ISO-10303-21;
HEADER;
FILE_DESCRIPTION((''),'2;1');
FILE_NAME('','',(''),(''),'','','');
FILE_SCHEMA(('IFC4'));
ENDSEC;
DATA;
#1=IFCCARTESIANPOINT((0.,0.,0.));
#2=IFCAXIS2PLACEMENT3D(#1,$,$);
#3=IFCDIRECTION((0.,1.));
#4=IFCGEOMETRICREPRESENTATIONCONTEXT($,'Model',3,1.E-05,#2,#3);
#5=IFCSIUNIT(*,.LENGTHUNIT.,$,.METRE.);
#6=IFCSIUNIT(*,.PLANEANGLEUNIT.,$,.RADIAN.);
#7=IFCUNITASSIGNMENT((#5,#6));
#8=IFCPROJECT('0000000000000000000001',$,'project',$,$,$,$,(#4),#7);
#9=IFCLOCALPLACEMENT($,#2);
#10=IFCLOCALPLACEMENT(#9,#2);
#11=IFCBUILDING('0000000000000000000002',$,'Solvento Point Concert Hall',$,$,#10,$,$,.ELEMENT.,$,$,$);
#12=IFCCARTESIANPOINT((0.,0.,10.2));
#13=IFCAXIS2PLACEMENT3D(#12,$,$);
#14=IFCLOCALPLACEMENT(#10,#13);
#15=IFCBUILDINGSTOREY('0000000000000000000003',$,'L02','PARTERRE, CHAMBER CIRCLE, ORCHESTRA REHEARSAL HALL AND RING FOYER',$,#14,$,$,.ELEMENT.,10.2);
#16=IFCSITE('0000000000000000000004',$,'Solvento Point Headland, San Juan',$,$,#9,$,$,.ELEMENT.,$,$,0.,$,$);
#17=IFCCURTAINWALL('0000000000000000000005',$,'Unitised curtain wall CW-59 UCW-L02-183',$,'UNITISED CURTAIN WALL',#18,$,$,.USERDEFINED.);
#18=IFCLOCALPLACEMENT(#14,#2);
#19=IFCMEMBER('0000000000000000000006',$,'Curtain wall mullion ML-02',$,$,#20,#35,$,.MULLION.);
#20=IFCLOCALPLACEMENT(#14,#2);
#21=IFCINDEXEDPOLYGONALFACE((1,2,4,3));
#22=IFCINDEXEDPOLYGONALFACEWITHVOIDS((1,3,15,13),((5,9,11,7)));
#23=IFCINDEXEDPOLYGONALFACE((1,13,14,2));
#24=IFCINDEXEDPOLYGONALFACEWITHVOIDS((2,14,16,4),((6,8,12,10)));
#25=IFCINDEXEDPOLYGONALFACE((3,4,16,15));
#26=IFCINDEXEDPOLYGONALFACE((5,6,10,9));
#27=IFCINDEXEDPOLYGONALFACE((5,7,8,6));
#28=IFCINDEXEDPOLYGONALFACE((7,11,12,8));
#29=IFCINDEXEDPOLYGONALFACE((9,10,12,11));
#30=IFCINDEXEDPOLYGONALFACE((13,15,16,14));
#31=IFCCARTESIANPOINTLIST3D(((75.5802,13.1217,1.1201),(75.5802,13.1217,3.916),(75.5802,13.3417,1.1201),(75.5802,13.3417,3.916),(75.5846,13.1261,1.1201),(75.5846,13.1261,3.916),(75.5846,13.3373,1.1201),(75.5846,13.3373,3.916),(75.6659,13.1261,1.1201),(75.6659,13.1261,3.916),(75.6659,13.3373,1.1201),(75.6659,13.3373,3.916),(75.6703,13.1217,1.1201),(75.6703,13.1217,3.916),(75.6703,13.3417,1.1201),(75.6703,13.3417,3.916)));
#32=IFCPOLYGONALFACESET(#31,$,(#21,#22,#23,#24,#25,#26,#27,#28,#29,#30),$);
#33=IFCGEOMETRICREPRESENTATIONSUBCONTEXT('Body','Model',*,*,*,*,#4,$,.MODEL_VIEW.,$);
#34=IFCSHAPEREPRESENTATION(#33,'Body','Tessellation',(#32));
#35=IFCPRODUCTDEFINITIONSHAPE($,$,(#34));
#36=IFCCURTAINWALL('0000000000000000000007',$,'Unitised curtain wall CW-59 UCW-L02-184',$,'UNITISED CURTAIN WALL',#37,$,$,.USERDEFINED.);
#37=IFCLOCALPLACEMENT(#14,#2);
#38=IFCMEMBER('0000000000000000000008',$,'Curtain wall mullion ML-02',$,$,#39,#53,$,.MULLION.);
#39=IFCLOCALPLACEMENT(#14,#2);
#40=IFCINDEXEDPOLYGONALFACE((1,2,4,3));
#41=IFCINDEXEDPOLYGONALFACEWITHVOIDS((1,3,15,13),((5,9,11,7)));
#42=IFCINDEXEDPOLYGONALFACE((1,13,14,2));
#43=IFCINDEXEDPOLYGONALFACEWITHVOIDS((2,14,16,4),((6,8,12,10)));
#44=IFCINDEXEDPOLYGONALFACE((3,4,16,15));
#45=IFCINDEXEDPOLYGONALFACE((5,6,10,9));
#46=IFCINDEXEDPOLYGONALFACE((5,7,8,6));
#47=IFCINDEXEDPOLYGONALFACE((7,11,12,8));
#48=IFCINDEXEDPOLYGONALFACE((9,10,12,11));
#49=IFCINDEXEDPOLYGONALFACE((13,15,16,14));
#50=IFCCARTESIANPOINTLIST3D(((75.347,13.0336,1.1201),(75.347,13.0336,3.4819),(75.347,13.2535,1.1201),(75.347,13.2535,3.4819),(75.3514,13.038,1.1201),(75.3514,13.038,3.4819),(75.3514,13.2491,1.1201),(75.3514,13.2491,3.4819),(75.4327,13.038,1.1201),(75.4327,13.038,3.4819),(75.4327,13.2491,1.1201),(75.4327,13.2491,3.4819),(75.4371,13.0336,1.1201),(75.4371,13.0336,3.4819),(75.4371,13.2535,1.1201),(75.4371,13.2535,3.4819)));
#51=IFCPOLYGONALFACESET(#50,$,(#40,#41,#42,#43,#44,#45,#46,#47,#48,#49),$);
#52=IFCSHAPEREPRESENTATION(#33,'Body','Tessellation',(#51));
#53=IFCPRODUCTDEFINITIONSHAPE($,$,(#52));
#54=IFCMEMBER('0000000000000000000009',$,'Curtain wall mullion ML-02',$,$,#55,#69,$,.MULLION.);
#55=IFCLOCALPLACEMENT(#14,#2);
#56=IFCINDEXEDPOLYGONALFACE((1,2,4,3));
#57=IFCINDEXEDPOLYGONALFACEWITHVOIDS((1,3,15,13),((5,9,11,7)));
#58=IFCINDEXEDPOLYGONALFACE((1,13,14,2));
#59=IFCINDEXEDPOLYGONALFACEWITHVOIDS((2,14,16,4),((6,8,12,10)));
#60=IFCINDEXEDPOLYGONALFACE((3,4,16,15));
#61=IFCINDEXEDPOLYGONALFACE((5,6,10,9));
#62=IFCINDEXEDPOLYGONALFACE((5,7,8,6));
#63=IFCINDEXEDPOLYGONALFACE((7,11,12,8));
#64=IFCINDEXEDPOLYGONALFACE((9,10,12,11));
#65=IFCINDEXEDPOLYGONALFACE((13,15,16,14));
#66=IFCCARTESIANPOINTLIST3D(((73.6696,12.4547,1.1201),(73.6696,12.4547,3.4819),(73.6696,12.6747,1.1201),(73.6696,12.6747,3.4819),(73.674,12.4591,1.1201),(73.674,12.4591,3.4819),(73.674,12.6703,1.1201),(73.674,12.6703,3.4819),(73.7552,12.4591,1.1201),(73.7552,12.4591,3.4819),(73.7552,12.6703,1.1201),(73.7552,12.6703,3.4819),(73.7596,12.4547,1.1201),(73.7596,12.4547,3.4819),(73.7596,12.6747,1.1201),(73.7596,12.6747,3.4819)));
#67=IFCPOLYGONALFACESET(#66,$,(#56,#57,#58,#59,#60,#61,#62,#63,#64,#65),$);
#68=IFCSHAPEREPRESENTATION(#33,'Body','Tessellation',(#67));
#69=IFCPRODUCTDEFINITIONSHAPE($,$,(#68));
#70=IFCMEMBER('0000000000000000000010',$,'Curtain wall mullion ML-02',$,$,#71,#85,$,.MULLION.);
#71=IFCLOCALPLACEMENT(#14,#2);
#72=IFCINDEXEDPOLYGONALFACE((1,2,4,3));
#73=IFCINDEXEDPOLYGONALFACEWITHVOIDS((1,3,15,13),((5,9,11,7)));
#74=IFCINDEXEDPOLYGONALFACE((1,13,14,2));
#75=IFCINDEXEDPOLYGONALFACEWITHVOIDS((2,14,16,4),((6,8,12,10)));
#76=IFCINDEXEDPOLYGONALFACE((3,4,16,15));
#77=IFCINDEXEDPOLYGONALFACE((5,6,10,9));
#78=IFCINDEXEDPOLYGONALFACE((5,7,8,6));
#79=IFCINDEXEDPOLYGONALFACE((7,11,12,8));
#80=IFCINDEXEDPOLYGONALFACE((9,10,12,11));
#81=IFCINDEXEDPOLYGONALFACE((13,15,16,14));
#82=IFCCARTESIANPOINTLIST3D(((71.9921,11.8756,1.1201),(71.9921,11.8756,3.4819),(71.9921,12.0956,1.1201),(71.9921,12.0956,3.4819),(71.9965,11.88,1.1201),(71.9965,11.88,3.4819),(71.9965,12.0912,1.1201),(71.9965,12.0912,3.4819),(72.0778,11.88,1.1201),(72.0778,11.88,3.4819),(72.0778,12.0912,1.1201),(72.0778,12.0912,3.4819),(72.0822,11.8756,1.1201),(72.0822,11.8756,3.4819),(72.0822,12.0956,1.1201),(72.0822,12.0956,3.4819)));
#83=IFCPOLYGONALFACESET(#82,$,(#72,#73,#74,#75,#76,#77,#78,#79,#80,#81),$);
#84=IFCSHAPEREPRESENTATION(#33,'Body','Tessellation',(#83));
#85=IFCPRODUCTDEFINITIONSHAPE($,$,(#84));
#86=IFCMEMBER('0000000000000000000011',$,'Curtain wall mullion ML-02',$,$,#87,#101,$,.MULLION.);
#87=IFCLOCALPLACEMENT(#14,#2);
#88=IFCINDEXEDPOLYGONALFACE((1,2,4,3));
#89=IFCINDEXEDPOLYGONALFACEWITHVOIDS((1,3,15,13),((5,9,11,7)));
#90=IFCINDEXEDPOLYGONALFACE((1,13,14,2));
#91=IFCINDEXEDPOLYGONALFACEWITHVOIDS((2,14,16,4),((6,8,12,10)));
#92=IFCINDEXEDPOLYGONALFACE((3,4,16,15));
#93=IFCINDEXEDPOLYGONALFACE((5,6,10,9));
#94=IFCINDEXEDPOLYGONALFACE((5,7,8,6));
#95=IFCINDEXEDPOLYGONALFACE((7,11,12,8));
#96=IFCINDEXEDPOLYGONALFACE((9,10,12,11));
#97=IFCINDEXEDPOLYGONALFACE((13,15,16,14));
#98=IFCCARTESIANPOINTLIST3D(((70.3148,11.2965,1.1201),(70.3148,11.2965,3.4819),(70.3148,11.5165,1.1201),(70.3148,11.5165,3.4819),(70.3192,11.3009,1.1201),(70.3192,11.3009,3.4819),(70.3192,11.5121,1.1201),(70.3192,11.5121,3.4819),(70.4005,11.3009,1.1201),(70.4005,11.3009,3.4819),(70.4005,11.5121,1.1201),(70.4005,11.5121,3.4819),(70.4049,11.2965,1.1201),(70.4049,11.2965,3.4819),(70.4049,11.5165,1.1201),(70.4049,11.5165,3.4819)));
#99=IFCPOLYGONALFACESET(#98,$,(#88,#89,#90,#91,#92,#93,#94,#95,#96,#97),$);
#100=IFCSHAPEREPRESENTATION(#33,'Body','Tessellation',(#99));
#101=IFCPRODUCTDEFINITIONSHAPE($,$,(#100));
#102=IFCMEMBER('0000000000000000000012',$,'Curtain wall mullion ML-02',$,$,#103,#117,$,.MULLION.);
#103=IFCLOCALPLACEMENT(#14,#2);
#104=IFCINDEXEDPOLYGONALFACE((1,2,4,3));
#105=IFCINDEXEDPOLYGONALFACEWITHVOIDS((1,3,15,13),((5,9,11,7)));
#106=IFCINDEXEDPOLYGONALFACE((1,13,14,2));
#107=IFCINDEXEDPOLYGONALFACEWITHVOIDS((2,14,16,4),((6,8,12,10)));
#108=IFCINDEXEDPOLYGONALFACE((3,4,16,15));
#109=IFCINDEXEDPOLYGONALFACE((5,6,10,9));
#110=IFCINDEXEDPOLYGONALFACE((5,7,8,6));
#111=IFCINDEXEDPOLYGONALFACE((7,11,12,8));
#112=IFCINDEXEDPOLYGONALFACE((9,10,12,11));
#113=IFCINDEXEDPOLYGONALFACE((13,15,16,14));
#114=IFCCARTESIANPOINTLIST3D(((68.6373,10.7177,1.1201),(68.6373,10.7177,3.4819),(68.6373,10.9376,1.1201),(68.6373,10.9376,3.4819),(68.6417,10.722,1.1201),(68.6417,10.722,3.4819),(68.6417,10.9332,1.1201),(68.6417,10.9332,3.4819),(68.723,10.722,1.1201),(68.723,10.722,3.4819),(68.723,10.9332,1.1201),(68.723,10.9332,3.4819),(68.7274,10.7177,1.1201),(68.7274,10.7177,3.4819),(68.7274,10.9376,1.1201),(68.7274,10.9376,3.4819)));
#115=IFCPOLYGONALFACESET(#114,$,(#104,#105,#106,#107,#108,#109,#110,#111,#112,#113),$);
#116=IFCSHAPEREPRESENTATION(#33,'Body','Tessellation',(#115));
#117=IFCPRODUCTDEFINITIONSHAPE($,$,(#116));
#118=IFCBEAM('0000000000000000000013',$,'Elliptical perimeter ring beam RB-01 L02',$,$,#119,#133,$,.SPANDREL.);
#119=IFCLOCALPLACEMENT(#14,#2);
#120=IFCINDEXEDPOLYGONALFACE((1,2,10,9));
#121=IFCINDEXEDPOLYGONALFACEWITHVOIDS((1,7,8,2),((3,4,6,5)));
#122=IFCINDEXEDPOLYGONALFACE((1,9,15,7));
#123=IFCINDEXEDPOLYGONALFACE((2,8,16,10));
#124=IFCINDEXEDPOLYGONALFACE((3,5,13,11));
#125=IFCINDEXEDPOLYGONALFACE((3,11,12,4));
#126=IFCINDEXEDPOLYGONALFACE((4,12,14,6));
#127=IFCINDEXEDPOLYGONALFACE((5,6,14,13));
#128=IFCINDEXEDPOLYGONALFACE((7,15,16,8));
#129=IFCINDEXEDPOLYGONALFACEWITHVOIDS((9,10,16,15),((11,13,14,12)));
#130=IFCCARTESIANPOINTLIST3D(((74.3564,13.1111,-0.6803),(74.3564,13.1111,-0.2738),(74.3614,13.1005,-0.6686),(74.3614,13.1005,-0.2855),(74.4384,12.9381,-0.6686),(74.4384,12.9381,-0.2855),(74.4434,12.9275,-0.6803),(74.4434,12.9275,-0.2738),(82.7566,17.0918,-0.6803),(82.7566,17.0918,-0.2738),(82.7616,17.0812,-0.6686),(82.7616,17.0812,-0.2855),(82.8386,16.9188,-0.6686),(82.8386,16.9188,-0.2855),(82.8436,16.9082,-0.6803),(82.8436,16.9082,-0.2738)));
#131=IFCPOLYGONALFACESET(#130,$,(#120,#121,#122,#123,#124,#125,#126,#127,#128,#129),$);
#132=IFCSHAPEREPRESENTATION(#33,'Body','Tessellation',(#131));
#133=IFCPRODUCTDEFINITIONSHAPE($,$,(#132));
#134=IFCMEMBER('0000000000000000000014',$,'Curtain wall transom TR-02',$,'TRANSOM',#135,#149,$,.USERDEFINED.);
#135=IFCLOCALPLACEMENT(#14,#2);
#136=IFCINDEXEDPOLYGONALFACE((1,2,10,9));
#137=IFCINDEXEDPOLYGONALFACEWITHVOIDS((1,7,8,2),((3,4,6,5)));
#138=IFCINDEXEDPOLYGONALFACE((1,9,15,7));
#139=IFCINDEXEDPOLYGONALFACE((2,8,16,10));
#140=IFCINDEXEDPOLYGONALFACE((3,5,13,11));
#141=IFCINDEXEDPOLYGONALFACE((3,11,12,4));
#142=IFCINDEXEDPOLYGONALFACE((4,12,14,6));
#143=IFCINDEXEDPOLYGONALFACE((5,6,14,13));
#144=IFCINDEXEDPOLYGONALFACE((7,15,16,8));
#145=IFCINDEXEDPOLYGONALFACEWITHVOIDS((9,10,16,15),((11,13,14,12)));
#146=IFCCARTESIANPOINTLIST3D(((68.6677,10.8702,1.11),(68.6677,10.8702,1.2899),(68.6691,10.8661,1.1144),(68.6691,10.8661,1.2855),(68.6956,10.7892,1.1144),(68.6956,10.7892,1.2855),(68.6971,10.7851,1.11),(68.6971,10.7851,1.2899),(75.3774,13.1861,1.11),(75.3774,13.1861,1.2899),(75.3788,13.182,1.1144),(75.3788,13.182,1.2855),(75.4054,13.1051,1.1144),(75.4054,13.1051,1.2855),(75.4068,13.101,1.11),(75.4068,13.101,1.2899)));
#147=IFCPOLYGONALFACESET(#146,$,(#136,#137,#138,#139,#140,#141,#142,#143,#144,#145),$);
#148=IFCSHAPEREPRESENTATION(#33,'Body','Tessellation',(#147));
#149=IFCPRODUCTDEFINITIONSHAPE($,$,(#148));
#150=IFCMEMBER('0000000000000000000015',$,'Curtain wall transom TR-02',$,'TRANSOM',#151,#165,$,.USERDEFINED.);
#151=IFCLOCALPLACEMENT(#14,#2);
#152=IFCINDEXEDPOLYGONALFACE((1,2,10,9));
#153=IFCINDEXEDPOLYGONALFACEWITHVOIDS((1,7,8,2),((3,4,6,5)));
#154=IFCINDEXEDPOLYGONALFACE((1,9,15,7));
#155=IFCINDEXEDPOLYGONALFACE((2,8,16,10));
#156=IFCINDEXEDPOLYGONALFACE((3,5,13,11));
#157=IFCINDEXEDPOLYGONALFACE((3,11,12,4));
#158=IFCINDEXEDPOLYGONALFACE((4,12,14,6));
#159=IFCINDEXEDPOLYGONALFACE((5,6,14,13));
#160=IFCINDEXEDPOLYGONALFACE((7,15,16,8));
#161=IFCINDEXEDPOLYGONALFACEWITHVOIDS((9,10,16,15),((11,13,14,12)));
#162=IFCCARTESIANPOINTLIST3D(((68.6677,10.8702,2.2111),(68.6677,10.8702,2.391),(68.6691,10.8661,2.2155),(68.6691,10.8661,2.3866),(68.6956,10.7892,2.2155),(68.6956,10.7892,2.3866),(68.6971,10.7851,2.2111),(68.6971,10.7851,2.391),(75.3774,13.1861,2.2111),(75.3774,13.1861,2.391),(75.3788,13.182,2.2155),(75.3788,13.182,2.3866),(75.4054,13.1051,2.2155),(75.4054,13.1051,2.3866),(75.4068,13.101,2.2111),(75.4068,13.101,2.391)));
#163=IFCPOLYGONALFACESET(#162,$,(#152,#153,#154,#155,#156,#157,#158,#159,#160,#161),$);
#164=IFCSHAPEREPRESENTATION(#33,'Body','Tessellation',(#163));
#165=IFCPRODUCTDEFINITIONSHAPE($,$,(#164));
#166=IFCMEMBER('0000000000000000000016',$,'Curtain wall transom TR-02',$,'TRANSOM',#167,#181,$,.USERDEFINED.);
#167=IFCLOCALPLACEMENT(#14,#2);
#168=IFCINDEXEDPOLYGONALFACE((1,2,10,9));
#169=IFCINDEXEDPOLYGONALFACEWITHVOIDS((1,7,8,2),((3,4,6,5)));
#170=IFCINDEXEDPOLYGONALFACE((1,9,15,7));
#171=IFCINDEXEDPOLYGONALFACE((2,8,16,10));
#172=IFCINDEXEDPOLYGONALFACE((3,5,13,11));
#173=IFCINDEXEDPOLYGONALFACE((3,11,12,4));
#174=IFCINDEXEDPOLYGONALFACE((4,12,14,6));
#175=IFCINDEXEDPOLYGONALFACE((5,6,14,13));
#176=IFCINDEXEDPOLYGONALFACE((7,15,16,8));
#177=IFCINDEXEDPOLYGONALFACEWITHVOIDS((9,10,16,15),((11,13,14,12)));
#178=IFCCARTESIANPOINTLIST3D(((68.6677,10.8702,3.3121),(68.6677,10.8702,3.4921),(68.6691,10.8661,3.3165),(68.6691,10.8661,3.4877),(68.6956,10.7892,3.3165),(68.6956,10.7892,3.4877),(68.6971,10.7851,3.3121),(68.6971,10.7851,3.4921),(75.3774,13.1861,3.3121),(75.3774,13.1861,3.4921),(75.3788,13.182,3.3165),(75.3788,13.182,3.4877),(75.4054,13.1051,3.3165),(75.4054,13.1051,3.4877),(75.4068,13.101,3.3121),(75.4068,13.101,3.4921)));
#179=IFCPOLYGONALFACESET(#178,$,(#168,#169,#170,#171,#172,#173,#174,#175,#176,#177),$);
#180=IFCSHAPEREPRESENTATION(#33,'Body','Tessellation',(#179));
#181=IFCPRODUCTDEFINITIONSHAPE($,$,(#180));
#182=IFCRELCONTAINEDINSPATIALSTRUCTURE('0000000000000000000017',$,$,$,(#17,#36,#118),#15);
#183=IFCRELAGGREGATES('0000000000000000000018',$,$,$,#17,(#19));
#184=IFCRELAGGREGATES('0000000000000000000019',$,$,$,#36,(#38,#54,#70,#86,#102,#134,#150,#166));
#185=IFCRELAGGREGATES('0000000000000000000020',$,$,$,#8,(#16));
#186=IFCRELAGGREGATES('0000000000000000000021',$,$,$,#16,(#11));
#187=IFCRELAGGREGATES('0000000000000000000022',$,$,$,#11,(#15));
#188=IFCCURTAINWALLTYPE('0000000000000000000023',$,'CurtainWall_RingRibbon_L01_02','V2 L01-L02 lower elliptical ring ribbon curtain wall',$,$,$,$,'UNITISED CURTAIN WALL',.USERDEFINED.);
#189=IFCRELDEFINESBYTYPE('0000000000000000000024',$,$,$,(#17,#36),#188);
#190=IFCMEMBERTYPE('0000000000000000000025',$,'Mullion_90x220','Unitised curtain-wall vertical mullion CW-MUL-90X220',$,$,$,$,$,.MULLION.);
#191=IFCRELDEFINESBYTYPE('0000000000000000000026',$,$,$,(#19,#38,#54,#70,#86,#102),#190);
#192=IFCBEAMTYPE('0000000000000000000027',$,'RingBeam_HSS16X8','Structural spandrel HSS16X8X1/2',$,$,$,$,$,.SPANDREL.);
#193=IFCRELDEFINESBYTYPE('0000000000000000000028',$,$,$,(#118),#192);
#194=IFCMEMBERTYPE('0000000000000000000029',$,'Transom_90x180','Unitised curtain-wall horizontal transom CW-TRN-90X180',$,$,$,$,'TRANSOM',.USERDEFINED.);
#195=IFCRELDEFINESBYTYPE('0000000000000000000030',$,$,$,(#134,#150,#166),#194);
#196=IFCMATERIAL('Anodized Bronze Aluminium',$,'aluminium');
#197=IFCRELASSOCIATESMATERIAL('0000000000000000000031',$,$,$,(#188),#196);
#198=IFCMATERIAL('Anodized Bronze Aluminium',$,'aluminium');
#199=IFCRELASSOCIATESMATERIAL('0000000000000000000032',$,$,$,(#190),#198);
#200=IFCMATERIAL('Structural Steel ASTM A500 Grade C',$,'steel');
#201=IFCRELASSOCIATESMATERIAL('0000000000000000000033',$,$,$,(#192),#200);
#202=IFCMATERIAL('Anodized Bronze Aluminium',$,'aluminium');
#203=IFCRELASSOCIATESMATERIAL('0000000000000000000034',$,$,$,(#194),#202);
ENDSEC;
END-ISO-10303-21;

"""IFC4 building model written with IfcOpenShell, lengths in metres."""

from ifc_helpers import new_model, si_unit, direction, frame, origin, origin_2d, place, context, subcontext, project, spatial, hollow_rectangle, extrude, material, material_profile, profile_set, type_object, element, aggregate, save


model = new_model("IFC4")

# Units and contexts
model_context = context("Model", 3, precision=1e-05, world=origin(), true_north=direction((0.0, 1.0)))
body_context = subcontext(model_context, "Body", "Model", "MODEL_VIEW")
ifc_project = project(units=[si_unit("LENGTHUNIT", "METRE"), si_unit("PLANEANGLEUNIT", "RADIAN")], contexts=[model_context])

# Site, building, storey
site_placement = place(None, origin())
site = spatial("IfcSite", under=ifc_project, at=site_placement, Name="Solvento Point Headland, San Juan", CompositionType="ELEMENT", RefElevation=0.0)
building_placement = place(site_placement, origin())
building = spatial("IfcBuilding", under=site, at=building_placement, Name="Solvento Point Concert Hall", CompositionType="ELEMENT")
storey_placement = place(building_placement, frame((0.0, 0.0, 10.2)))
storey = spatial("IfcBuildingStorey", under=building, at=storey_placement, Name="L02", Description="PARTERRE, CHAMBER CIRCLE, ORCHESTRA REHEARSAL HALL AND RING FOYER", CompositionType="ELEMENT", Elevation=10.2)

# Curtain wall, member
ifc_material_1 = material(Name="Anodized Bronze Aluminium", Category="aluminium")
curtain_wall_type = type_object("IfcCurtainWallType", Name="CurtainWall_RingRibbon_L01_02", Description="V2 L01-L02 lower elliptical ring ribbon curtain wall", ElementType="UNITISED CURTAIN WALL", PredefinedType="USERDEFINED", material=ifc_material_1)
curtain_wall_1_placement = place(storey_placement, origin())
curtain_wall_1 = element("IfcCurtainWall", 1, at=curtain_wall_1_placement, inside=storey, type_object=curtain_wall_type, Name="Unitised curtain wall CW-59 UCW-L02-183", ObjectType="UNITISED CURTAIN WALL", PredefinedType="USERDEFINED")
ifc_material_2 = material(Name="Anodized Bronze Aluminium", Category="aluminium")
ifc_material_profile_1 = material_profile(ifc_material_2, hollow_rectangle(XDim=0.0901, YDim=0.22, WallThickness=0.0044, at=origin_2d()), Name="CW-MUL-90X220")
ifc_profile_set_1 = profile_set([ifc_material_profile_1], Name="Anodized Bronze Aluminium")
member_type_1 = type_object("IfcMemberType", Name="Mullion_90x220", Description="Unitised curtain-wall vertical mullion CW-MUL-90X220", PredefinedType="MULLION", material=ifc_profile_set_1)
member_1_placement = place(storey_placement, frame((75.6252, 13.2317, 1.1201), z_axis=(0.0, 0.0, 1.0), x_axis=(1.0, 0.0, 0.0)))
member_1 = element("IfcMember", 2, at=member_1_placement, type_object=member_type_1, Name="Curtain wall mullion ML-02", PredefinedType="MULLION", context=body_context, shape_type="SweptSolid", body=[
    extrude(hollow_rectangle(XDim=0.0901, YDim=0.22, WallThickness=0.0044, at=origin_2d()), origin(), (0.0, 0.0, 1.0), 2.7959),
])

# Curtain wall, members
curtain_wall_2_placement = place(storey_placement, origin())
curtain_wall_2 = element("IfcCurtainWall", 3, at=curtain_wall_2_placement, inside=storey, type_object=curtain_wall_type, Name="Unitised curtain wall CW-59 UCW-L02-184", ObjectType="UNITISED CURTAIN WALL", PredefinedType="USERDEFINED")
member_2_placement = place(storey_placement, frame((75.3921, 13.1436, 1.1201), z_axis=(0.0, 0.0, 1.0), x_axis=(1.0, 0.0, 0.0)))
member_2 = element("IfcMember", 4, at=member_2_placement, type_object=member_type_1, Name="Curtain wall mullion ML-02", PredefinedType="MULLION", context=body_context, shape_type="SweptSolid", body=[
    extrude(hollow_rectangle(XDim=0.0901, YDim=0.22, WallThickness=0.0044, at=origin_2d()), origin(), (0.0, 0.0, 1.0), 2.3618),
])
member_3_placement = place(storey_placement, frame((73.7146, 12.5647, 1.1201), z_axis=(0.0, 0.0, 1.0), x_axis=(1.0, 0.0, 0.0)))
member_3 = element("IfcMember", 5, at=member_3_placement, type_object=member_type_1, Name="Curtain wall mullion ML-02", PredefinedType="MULLION", context=body_context, shape_type="SweptSolid", body=[
    extrude(hollow_rectangle(XDim=0.0901, YDim=0.22, WallThickness=0.0044, at=origin_2d()), origin(), (0.0, 0.0, 1.0), 2.3618),
])
member_4_placement = place(storey_placement, frame((72.0371, 11.9856, 1.1201), z_axis=(0.0, 0.0, 1.0), x_axis=(1.0, 0.0, 0.0)))
member_4 = element("IfcMember", 6, at=member_4_placement, type_object=member_type_1, Name="Curtain wall mullion ML-02", PredefinedType="MULLION", context=body_context, shape_type="SweptSolid", body=[
    extrude(hollow_rectangle(XDim=0.0901, YDim=0.22, WallThickness=0.0044, at=origin_2d()), origin(), (0.0, 0.0, 1.0), 2.3618),
])
member_5_placement = place(storey_placement, frame((70.3599, 11.4065, 1.1201), z_axis=(0.0, 0.0, 1.0), x_axis=(1.0, 0.0, 0.0)))
member_5 = element("IfcMember", 7, at=member_5_placement, type_object=member_type_1, Name="Curtain wall mullion ML-02", PredefinedType="MULLION", context=body_context, shape_type="SweptSolid", body=[
    extrude(hollow_rectangle(XDim=0.0901, YDim=0.22, WallThickness=0.0044, at=origin_2d()), origin(), (0.0, 0.0, 1.0), 2.3618),
])
member_6_placement = place(storey_placement, frame((68.6824, 10.8276, 1.1201), z_axis=(0.0, 0.0, 1.0), x_axis=(1.0, 0.0, 0.0)))
member_6 = element("IfcMember", 8, at=member_6_placement, type_object=member_type_1, Name="Curtain wall mullion ML-02", PredefinedType="MULLION", context=body_context, shape_type="SweptSolid", body=[
    extrude(hollow_rectangle(XDim=0.0901, YDim=0.22, WallThickness=0.0044, at=origin_2d()), origin(), (0.0, 0.0, 1.0), 2.3618),
])

# Beam
ifc_material_3 = material(Name="Structural Steel ASTM A500 Grade C", Category="steel")
ifc_material_profile_2 = material_profile(ifc_material_3, hollow_rectangle(XDim=0.2031, YDim=0.4065, WallThickness=0.0117, at=origin_2d()), Name="HSS16X8X1/2")
ifc_profile_set_2 = profile_set([ifc_material_profile_2], Name="Structural Steel ASTM A500 Grade C")
beam_type = type_object("IfcBeamType", Name="RingBeam_HSS16X8", Description="Structural spandrel HSS16X8X1/2", PredefinedType="SPANDREL", material=ifc_profile_set_2)
beam_placement = place(storey_placement, frame((74.3999, 13.0193, -0.4771), z_axis=(0.903667, 0.428235, 0.0), x_axis=(-0.428235, 0.903667, 0.0)))
element("IfcBeam", 9, at=beam_placement, inside=storey, type_object=beam_type, Name="Elliptical perimeter ring beam RB-01 L02", PredefinedType="SPANDREL", context=body_context, shape_type="SweptSolid", body=[
    extrude(hollow_rectangle(XDim=0.2031, YDim=0.4065, WallThickness=0.0117, at=origin_2d()), origin(), (0.0, 0.0, 1.0), 9.2957),
])

# Members
ifc_material_4 = material(Name="Anodized Bronze Aluminium", Category="aluminium")
ifc_material_profile_3 = material_profile(ifc_material_4, hollow_rectangle(XDim=0.0901, YDim=0.1799, WallThickness=0.0044, at=origin_2d()), Name="CW-TRN-90X180")
ifc_profile_set_3 = profile_set([ifc_material_profile_3], Name="Anodized Bronze Aluminium")
member_type_2 = type_object("IfcMemberType", Name="Transom_90x180", Description="Unitised curtain-wall horizontal transom CW-TRN-90X180", ElementType="TRANSOM", PredefinedType="USERDEFINED", material=ifc_profile_set_3)
member_7_placement = place(storey_placement, frame((75.3921, 13.1436, 1.2), z_axis=(-0.945276, -0.326271, 0.0), x_axis=(0.326271, -0.945276, 0.0)))
member_7 = element("IfcMember", 10, at=member_7_placement, type_object=member_type_2, Name="Curtain wall transom TR-02", ObjectType="TRANSOM", PredefinedType="USERDEFINED", context=body_context, shape_type="SweptSolid", body=[
    extrude(hollow_rectangle(XDim=0.0901, YDim=0.1799, WallThickness=0.0044, at=origin_2d()), origin(), (0.0, 0.0, 1.0), 7.0981),
])
member_8_placement = place(storey_placement, frame((75.3921, 13.1436, 2.301), z_axis=(-0.945276, -0.326271, 0.0), x_axis=(0.326271, -0.945276, 0.0)))
member_8 = element("IfcMember", 11, at=member_8_placement, type_object=member_type_2, Name="Curtain wall transom TR-02", ObjectType="TRANSOM", PredefinedType="USERDEFINED", context=body_context, shape_type="SweptSolid", body=[
    extrude(hollow_rectangle(XDim=0.0901, YDim=0.1799, WallThickness=0.0044, at=origin_2d()), origin(), (0.0, 0.0, 1.0), 7.0981),
])
member_9_placement = place(storey_placement, frame((75.3921, 13.1436, 3.4021), z_axis=(-0.945276, -0.326271, 0.0), x_axis=(0.326271, -0.945276, 0.0)))
member_9 = element("IfcMember", 12, at=member_9_placement, type_object=member_type_2, Name="Curtain wall transom TR-02", ObjectType="TRANSOM", PredefinedType="USERDEFINED", context=body_context, shape_type="SweptSolid", body=[
    extrude(hollow_rectangle(XDim=0.0901, YDim=0.1799, WallThickness=0.0044, at=origin_2d()), origin(), (0.0, 0.0, 1.0), 7.0981),
])

aggregate(curtain_wall_1, [member_1])
aggregate(curtain_wall_2, [member_2, member_3, member_4, member_5, member_6, member_7, member_8, member_9])

save(model, "model.ifc")
